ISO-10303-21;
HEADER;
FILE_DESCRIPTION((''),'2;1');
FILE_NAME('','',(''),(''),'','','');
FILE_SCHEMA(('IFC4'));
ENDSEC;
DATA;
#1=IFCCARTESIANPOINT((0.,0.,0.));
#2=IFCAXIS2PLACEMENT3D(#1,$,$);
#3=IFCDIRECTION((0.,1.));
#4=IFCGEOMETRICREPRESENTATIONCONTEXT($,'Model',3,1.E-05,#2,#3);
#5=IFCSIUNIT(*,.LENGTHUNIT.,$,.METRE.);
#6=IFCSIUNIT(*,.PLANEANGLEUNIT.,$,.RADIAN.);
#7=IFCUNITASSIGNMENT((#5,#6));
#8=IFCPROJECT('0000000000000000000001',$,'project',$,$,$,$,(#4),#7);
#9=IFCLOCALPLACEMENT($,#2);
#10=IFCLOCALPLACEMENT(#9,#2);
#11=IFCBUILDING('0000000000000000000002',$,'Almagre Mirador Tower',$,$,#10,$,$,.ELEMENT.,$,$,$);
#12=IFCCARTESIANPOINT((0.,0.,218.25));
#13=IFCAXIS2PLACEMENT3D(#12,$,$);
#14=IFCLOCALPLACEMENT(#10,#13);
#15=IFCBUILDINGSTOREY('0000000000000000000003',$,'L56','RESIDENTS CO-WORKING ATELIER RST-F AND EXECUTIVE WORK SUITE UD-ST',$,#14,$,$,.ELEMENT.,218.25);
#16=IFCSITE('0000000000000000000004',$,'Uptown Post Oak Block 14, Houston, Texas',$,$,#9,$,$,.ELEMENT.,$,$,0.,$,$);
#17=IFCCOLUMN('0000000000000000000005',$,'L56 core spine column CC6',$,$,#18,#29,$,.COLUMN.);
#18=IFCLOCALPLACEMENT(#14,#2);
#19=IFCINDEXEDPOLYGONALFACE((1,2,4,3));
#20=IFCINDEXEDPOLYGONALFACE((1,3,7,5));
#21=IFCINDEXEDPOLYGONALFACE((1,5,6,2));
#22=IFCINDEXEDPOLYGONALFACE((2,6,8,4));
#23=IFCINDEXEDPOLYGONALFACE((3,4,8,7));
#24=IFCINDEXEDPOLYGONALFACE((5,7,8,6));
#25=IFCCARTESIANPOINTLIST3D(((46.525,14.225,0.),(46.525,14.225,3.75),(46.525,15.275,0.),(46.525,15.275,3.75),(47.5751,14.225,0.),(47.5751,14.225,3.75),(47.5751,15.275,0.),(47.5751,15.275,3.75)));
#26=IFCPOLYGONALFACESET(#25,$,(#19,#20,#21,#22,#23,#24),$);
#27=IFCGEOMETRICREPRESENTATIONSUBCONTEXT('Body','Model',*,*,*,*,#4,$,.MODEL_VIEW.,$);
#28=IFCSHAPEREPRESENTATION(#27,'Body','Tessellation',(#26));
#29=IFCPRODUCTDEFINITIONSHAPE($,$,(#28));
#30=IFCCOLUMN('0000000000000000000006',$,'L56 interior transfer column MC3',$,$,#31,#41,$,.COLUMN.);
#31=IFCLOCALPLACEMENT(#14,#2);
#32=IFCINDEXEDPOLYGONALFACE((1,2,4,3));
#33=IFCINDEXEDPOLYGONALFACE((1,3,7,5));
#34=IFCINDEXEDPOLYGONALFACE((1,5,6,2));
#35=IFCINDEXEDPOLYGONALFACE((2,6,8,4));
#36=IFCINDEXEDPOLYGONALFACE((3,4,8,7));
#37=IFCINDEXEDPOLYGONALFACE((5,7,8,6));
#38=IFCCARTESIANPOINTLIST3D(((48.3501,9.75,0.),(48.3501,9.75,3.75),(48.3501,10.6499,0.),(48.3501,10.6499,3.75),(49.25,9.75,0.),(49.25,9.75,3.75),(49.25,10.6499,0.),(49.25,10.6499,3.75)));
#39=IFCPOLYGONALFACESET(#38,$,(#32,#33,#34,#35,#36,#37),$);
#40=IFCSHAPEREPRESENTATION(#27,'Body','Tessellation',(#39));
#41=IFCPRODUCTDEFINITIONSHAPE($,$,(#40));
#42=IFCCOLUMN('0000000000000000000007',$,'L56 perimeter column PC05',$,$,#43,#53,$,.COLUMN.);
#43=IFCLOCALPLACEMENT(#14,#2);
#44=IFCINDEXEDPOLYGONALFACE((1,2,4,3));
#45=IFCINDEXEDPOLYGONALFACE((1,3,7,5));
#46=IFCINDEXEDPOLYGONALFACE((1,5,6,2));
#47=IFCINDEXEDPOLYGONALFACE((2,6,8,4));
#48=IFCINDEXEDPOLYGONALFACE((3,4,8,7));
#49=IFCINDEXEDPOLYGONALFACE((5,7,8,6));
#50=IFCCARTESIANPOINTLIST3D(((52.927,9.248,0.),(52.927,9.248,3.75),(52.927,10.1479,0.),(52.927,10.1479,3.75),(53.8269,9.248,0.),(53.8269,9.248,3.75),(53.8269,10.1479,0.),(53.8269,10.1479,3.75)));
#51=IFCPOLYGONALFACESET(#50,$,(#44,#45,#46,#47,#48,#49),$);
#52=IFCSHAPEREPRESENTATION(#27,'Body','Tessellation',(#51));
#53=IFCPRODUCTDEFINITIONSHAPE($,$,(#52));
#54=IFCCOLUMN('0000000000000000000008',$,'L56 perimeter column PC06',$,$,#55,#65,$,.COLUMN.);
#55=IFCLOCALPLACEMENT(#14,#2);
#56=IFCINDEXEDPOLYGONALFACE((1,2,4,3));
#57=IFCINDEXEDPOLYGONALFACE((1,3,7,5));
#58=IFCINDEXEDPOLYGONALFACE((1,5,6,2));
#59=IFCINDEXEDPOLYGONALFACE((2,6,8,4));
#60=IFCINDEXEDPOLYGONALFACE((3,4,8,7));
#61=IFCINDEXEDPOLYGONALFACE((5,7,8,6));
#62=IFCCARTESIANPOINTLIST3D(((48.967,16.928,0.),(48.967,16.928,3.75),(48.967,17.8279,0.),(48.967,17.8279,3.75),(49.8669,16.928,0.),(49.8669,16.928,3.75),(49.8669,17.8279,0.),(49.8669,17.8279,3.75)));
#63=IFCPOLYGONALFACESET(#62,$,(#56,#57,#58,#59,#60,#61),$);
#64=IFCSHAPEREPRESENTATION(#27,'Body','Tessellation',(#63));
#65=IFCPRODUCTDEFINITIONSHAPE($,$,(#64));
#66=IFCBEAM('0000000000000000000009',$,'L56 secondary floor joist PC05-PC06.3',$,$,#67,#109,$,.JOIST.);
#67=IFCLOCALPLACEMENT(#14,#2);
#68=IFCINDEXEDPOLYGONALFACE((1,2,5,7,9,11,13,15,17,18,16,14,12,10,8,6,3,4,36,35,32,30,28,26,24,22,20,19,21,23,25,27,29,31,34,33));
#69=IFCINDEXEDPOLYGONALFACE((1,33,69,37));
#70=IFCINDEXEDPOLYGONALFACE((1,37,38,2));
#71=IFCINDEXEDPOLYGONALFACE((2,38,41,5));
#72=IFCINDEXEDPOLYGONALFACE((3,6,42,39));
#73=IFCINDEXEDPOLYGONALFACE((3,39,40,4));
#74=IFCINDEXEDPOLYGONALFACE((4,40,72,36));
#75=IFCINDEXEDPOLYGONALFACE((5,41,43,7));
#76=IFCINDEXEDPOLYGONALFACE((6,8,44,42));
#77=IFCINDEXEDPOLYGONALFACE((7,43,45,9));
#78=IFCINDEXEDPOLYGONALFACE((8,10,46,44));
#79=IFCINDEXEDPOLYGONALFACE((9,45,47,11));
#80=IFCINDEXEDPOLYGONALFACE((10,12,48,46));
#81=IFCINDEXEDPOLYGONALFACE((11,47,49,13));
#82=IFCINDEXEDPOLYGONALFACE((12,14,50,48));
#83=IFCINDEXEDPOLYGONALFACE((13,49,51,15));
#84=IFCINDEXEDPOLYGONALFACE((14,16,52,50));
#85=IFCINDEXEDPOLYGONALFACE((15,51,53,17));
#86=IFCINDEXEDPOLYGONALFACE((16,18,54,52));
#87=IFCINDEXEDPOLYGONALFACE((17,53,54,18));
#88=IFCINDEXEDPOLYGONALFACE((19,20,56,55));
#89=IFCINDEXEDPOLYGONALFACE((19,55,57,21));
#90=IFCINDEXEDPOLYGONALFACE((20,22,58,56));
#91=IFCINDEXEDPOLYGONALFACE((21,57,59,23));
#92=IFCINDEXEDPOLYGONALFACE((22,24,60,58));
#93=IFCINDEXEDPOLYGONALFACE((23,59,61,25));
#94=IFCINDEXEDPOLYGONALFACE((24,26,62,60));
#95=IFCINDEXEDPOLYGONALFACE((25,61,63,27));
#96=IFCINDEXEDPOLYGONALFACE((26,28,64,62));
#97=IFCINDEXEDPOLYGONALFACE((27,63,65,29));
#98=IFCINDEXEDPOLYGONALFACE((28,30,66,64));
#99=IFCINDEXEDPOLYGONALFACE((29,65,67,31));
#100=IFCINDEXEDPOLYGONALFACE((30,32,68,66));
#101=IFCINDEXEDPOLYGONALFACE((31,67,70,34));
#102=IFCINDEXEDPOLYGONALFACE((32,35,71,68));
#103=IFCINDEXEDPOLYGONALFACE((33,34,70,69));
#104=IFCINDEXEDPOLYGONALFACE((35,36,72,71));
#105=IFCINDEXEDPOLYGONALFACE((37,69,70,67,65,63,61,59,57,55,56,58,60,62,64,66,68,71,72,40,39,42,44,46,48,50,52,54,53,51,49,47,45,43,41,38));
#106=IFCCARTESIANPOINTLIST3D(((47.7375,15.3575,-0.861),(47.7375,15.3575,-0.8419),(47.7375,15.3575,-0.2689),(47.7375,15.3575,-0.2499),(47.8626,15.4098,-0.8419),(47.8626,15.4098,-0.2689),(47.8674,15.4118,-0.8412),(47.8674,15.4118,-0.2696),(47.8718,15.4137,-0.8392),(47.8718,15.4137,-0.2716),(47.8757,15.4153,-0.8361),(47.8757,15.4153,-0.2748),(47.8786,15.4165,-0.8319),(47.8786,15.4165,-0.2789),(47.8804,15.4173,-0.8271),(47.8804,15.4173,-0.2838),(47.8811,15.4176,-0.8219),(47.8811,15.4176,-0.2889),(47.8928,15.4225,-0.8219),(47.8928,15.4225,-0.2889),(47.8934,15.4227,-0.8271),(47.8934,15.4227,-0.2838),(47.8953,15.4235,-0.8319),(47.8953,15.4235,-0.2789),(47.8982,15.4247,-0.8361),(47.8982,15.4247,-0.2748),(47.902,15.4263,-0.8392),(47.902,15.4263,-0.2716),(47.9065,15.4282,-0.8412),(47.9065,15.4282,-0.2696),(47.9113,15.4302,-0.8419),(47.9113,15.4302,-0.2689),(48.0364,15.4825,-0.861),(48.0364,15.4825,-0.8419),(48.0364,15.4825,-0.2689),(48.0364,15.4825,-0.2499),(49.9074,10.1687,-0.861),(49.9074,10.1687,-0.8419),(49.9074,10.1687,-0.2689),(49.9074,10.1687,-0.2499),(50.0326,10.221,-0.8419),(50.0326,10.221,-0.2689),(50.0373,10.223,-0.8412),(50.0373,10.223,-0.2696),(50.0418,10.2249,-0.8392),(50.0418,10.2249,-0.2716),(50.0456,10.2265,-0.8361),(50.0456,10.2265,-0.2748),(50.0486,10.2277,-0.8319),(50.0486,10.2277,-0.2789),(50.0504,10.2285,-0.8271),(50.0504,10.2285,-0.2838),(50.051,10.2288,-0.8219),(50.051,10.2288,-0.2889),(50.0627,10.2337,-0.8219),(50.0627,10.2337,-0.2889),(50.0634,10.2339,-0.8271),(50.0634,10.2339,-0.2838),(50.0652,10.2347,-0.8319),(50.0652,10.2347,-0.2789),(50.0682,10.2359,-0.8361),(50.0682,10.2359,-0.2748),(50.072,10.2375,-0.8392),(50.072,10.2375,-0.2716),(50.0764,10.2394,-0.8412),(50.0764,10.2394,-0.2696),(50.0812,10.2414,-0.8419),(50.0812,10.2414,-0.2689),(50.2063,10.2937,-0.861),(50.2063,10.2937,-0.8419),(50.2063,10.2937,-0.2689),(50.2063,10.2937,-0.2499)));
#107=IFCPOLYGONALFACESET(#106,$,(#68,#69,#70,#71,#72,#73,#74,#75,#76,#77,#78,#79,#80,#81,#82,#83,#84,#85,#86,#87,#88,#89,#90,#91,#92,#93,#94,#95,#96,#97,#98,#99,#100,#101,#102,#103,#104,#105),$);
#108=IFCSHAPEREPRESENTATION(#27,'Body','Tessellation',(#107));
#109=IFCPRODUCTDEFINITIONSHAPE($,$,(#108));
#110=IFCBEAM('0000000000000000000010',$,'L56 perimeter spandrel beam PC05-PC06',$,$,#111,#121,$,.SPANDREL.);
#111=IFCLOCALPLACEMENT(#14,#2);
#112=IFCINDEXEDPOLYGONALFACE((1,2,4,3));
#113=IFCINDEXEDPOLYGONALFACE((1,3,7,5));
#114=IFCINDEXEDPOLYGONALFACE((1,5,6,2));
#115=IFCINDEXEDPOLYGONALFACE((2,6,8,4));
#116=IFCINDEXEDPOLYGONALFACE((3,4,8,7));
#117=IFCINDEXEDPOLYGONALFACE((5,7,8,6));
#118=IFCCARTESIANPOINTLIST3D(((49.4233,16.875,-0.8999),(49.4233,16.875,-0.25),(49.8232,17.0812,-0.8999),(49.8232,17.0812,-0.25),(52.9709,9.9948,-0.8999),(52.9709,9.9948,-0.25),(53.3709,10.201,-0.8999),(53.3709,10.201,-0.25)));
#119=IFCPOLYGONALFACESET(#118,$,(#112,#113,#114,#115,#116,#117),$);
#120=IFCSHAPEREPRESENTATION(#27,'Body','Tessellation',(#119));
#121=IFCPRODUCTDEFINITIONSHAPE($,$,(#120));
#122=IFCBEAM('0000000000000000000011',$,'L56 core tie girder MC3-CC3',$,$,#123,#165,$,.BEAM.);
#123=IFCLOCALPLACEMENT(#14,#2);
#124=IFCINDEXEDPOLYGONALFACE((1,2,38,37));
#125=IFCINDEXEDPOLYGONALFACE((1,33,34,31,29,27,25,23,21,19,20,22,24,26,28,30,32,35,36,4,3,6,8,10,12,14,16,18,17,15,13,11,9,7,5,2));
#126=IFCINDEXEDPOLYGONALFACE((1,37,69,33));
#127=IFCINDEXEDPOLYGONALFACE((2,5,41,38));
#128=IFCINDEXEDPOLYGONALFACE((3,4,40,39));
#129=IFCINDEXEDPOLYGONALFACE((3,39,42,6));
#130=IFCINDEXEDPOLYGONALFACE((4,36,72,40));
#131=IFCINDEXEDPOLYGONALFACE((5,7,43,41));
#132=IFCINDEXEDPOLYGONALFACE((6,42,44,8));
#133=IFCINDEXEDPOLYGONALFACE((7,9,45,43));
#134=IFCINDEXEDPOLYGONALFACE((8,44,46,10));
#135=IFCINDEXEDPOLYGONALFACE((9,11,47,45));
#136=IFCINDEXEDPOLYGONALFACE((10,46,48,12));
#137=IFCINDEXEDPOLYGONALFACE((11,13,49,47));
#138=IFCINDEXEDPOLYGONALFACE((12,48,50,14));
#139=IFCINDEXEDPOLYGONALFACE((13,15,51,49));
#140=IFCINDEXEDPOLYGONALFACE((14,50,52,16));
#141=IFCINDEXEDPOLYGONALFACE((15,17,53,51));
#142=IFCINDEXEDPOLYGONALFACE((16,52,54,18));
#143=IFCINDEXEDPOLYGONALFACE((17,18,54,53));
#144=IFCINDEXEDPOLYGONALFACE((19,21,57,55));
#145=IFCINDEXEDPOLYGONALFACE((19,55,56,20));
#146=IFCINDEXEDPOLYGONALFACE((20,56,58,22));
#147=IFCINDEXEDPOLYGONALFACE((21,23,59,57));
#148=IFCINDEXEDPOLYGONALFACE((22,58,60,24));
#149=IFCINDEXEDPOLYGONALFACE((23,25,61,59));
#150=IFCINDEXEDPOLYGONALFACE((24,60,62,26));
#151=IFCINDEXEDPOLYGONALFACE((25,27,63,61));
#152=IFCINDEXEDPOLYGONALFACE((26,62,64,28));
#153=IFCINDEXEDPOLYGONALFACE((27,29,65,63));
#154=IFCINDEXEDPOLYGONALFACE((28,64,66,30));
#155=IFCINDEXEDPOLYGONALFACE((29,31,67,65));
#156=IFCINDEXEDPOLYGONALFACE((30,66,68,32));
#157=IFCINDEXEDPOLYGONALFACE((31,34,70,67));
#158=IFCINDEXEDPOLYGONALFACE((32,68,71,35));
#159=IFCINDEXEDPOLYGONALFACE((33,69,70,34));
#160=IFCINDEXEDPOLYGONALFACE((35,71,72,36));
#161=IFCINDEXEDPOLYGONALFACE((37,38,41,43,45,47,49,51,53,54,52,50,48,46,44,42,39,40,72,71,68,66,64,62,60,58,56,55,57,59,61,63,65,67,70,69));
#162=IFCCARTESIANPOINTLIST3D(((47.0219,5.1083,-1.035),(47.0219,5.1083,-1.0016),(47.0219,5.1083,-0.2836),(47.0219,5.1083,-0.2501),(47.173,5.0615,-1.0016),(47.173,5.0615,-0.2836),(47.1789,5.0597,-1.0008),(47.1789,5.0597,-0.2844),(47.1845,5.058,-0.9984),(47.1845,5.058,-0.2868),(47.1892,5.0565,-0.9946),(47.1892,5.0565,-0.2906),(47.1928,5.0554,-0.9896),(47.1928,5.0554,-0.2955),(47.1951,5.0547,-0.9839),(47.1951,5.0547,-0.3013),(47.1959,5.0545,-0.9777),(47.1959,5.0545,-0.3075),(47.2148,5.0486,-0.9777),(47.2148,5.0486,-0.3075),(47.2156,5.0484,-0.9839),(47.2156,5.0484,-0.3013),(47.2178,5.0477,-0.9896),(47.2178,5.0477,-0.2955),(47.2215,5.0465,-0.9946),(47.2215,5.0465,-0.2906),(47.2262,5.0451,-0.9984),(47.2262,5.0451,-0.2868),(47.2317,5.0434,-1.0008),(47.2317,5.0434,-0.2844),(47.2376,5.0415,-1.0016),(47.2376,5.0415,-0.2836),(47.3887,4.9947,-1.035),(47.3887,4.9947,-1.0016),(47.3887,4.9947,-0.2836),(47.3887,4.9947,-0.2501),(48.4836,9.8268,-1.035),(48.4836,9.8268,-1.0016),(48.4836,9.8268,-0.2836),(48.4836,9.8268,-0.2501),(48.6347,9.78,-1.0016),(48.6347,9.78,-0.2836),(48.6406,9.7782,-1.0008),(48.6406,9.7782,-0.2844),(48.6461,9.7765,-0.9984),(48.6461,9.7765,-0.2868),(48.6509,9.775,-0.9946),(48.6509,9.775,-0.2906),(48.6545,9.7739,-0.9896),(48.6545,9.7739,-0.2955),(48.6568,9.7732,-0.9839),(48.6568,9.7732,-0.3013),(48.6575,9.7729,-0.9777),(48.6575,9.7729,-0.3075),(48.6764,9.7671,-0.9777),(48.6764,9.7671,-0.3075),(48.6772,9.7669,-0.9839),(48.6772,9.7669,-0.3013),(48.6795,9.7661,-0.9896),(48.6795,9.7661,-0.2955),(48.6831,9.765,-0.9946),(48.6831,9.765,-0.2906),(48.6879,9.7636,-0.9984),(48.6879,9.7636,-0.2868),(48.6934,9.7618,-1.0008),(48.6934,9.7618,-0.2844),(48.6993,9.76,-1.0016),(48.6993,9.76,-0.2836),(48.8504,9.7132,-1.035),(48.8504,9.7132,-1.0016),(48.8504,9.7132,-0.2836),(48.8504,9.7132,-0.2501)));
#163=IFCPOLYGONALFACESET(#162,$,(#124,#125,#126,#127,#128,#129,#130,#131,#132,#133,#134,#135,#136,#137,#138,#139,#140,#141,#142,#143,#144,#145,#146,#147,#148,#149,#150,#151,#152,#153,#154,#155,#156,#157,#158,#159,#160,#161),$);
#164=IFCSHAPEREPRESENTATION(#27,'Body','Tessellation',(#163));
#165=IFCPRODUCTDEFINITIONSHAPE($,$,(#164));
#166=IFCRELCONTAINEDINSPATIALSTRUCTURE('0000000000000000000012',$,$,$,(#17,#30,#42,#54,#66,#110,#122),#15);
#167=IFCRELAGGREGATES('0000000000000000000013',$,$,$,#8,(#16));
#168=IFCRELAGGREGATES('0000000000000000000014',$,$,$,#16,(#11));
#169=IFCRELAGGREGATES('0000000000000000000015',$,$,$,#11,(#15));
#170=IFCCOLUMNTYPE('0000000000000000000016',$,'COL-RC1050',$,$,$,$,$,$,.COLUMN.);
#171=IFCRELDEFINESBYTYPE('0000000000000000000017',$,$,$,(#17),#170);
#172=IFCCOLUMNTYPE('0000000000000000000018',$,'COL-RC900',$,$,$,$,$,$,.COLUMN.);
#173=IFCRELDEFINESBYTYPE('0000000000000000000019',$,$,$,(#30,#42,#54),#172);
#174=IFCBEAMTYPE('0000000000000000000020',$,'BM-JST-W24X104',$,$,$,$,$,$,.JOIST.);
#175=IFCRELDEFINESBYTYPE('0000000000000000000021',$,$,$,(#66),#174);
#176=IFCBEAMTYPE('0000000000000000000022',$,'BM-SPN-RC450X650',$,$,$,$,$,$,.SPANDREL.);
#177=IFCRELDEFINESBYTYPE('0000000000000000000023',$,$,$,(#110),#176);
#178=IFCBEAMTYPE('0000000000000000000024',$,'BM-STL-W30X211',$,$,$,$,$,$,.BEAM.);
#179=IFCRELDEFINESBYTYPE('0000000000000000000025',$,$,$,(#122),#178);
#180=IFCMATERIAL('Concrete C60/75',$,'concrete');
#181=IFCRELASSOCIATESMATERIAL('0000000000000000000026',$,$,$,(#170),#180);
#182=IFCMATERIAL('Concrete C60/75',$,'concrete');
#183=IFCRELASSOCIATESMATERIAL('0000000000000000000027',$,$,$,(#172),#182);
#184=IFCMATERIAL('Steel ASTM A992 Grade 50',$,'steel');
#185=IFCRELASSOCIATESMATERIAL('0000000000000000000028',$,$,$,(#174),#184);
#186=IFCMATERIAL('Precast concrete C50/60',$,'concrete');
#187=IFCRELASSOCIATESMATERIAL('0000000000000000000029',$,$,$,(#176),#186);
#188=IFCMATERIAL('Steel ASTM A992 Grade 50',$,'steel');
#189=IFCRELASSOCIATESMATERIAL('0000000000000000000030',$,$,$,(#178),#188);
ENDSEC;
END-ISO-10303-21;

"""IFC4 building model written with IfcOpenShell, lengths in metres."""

from ifc_helpers import new_model, si_unit, direction, frame, origin, origin_2d, place, context, subcontext, project, spatial, rectangle, i_section, extrude, material, material_profile, profile_set, type_object, element, save


model = new_model("IFC4")

# Units and contexts
model_context = context("Model", 3, precision=1e-05, world=origin(), true_north=direction((0.0, 1.0)))
body_context = subcontext(model_context, "Body", "Model", "MODEL_VIEW")
ifc_project = project(units=[si_unit("LENGTHUNIT", "METRE"), si_unit("PLANEANGLEUNIT", "RADIAN")], contexts=[model_context])

# Site, building, storey
site_placement = place(None, origin())
site = spatial("IfcSite", under=ifc_project, at=site_placement, Name="Uptown Post Oak Block 14, Houston, Texas", CompositionType="ELEMENT", RefElevation=0.0)
building_placement = place(site_placement, origin())
building = spatial("IfcBuilding", under=site, at=building_placement, Name="Almagre Mirador Tower", CompositionType="ELEMENT")
storey_placement = place(building_placement, frame((0.0, 0.0, 218.25)))
storey = spatial("IfcBuildingStorey", under=building, at=storey_placement, Name="L56", Description="RESIDENTS CO-WORKING ATELIER RST-F AND EXECUTIVE WORK SUITE UD-ST", CompositionType="ELEMENT", Elevation=218.25)

# Columns
ifc_material_1 = material(Name="Concrete C60/75", Category="concrete")
ifc_material_profile_1 = material_profile(ifc_material_1, rectangle(XDim=1.05, YDim=1.05, at=origin_2d()), Name="RC1050X1050")
ifc_profile_set_1 = profile_set([ifc_material_profile_1], Name="Concrete C60/75")
column_type_1 = type_object("IfcColumnType", Name="COL-RC1050", PredefinedType="COLUMN", material=ifc_profile_set_1)
column_placement = place(storey_placement, frame((47.05, 14.75, 0.0), z_axis=(0.0, 0.0, 1.0), x_axis=(1.0, 0.0, 0.0)))
element("IfcColumn", 1, at=column_placement, inside=storey, type_object=column_type_1, Name="L56 core spine column CC6", PredefinedType="COLUMN", context=body_context, shape_type="SweptSolid", body=[
    extrude(rectangle(XDim=1.05, YDim=1.05, at=origin_2d()), origin(), (0.0, 0.0, 1.0), 3.75),
])
ifc_material_2 = material(Name="Concrete C60/75", Category="concrete")
ifc_material_profile_2 = material_profile(ifc_material_2, rectangle(XDim=0.8999, YDim=0.8999, at=origin_2d()), Name="RC900X900")
ifc_profile_set_2 = profile_set([ifc_material_profile_2], Name="Concrete C60/75")
column_type_2 = type_object("IfcColumnType", Name="COL-RC900", PredefinedType="COLUMN", material=ifc_profile_set_2)
for number, where, z_axis, x_axis, name in (
    (2, (48.8, 10.2, 0.0), (0.0, 0.0, 1.0), (1.0, 0.0, 0.0), "L56 interior transfer column MC3"),
    (3, (53.377, 9.698, 0.0), (0.0, 0.0, 1.0), (1.0, 0.0, 0.0), "L56 perimeter column PC05"),
    (4, (49.417, 17.3779, 0.0), (0.0, 0.0, 1.0), (1.0, 0.0, 0.0), "L56 perimeter column PC06"),
):
    element("IfcColumn", number, at=place(storey_placement, frame(where, z_axis=z_axis, x_axis=x_axis)), inside=storey, type_object=column_type_2, Name=name, PredefinedType="COLUMN", context=body_context, shape_type="SweptSolid", body=[
        extrude(rectangle(XDim=0.8999, YDim=0.8999, at=origin_2d()), origin(), (0.0, 0.0, 1.0), 3.75),
    ])

# Beams
ifc_material_3 = material(Name="Steel ASTM A992 Grade 50", Category="steel")
ifc_material_profile_3 = material_profile(ifc_material_3, i_section(OverallWidth=0.324, OverallDepth=0.6111, WebThickness=0.0127, FlangeThickness=0.019, FilletRadius=0.02, at=origin_2d()), Name="W24X104")
ifc_profile_set_3 = profile_set([ifc_material_profile_3], Name="Steel ASTM A992 Grade 50")
beam_type_1 = type_object("IfcBeamType", Name="BM-JST-W24X104", PredefinedType="JOIST", material=ifc_profile_set_3)
beam_1_placement = place(storey_placement, frame((50.0569, 10.2312, -0.5554), z_axis=(-0.38582, 0.922574, 0.0), x_axis=(-0.922574, -0.38582, 0.0)))
element("IfcBeam", 5, at=beam_1_placement, inside=storey, type_object=beam_type_1, Name="L56 secondary floor joist PC05-PC06.3", PredefinedType="JOIST", context=body_context, shape_type="SweptSolid", body=[
    extrude(i_section(OverallWidth=0.324, OverallDepth=0.6111, WebThickness=0.0127, FlangeThickness=0.019, FilletRadius=0.02, at=origin_2d()), origin(), (0.0, 0.0, 1.0), 5.6243),
])
ifc_material_4 = material(Name="Precast concrete C50/60", Category="concrete")
ifc_material_profile_4 = material_profile(ifc_material_4, rectangle(XDim=0.45, YDim=0.6499, at=origin_2d()), Name="RC450X650")
ifc_profile_set_4 = profile_set([ifc_material_profile_4], Name="Precast concrete C50/60")
beam_type_2 = type_object("IfcBeamType", Name="BM-SPN-RC450X650", PredefinedType="SPANDREL", material=ifc_profile_set_4)
beam_2_placement = place(storey_placement, frame((53.1709, 10.0979, -0.575), z_axis=(-0.458293, 0.888801, 0.0), x_axis=(-0.888801, -0.458293, 0.0)))
element("IfcBeam", 6, at=beam_2_placement, inside=storey, type_object=beam_type_2, Name="L56 perimeter spandrel beam PC05-PC06", PredefinedType="SPANDREL", context=body_context, shape_type="SweptSolid", body=[
    extrude(rectangle(XDim=0.45, YDim=0.6499, at=origin_2d()), origin(), (0.0, 0.0, 1.0), 7.741),
])
ifc_material_5 = material(Name="Steel ASTM A992 Grade 50", Category="steel")
ifc_material_profile_5 = material_profile(ifc_material_5, i_section(OverallWidth=0.384, OverallDepth=0.7849, WebThickness=0.0198, FlangeThickness=0.0334, FilletRadius=0.0239, at=origin_2d()), Name="W30X211")
ifc_profile_set_5 = profile_set([ifc_material_profile_5], Name="Steel ASTM A992 Grade 50")
beam_type_3 = type_object("IfcBeamType", Name="BM-STL-W30X211", PredefinedType="BEAM", material=ifc_profile_set_5)
beam_3_placement = place(storey_placement, frame((48.667, 9.77, -0.6426), z_axis=(-0.295902, -0.955218, 0.0), x_axis=(0.955218, -0.295902, 0.0)))
element("IfcBeam", 7, at=beam_3_placement, inside=storey, type_object=beam_type_3, Name="L56 core tie girder MC3-CC3", PredefinedType="BEAM", context=body_context, shape_type="SweptSolid", body=[
    extrude(i_section(OverallWidth=0.384, OverallDepth=0.7849, WebThickness=0.0198, FlangeThickness=0.0334, FilletRadius=0.0239, at=origin_2d()), origin(), (0.0, 0.0, 1.0), 4.9397),
])

save(model, "model.ifc")
